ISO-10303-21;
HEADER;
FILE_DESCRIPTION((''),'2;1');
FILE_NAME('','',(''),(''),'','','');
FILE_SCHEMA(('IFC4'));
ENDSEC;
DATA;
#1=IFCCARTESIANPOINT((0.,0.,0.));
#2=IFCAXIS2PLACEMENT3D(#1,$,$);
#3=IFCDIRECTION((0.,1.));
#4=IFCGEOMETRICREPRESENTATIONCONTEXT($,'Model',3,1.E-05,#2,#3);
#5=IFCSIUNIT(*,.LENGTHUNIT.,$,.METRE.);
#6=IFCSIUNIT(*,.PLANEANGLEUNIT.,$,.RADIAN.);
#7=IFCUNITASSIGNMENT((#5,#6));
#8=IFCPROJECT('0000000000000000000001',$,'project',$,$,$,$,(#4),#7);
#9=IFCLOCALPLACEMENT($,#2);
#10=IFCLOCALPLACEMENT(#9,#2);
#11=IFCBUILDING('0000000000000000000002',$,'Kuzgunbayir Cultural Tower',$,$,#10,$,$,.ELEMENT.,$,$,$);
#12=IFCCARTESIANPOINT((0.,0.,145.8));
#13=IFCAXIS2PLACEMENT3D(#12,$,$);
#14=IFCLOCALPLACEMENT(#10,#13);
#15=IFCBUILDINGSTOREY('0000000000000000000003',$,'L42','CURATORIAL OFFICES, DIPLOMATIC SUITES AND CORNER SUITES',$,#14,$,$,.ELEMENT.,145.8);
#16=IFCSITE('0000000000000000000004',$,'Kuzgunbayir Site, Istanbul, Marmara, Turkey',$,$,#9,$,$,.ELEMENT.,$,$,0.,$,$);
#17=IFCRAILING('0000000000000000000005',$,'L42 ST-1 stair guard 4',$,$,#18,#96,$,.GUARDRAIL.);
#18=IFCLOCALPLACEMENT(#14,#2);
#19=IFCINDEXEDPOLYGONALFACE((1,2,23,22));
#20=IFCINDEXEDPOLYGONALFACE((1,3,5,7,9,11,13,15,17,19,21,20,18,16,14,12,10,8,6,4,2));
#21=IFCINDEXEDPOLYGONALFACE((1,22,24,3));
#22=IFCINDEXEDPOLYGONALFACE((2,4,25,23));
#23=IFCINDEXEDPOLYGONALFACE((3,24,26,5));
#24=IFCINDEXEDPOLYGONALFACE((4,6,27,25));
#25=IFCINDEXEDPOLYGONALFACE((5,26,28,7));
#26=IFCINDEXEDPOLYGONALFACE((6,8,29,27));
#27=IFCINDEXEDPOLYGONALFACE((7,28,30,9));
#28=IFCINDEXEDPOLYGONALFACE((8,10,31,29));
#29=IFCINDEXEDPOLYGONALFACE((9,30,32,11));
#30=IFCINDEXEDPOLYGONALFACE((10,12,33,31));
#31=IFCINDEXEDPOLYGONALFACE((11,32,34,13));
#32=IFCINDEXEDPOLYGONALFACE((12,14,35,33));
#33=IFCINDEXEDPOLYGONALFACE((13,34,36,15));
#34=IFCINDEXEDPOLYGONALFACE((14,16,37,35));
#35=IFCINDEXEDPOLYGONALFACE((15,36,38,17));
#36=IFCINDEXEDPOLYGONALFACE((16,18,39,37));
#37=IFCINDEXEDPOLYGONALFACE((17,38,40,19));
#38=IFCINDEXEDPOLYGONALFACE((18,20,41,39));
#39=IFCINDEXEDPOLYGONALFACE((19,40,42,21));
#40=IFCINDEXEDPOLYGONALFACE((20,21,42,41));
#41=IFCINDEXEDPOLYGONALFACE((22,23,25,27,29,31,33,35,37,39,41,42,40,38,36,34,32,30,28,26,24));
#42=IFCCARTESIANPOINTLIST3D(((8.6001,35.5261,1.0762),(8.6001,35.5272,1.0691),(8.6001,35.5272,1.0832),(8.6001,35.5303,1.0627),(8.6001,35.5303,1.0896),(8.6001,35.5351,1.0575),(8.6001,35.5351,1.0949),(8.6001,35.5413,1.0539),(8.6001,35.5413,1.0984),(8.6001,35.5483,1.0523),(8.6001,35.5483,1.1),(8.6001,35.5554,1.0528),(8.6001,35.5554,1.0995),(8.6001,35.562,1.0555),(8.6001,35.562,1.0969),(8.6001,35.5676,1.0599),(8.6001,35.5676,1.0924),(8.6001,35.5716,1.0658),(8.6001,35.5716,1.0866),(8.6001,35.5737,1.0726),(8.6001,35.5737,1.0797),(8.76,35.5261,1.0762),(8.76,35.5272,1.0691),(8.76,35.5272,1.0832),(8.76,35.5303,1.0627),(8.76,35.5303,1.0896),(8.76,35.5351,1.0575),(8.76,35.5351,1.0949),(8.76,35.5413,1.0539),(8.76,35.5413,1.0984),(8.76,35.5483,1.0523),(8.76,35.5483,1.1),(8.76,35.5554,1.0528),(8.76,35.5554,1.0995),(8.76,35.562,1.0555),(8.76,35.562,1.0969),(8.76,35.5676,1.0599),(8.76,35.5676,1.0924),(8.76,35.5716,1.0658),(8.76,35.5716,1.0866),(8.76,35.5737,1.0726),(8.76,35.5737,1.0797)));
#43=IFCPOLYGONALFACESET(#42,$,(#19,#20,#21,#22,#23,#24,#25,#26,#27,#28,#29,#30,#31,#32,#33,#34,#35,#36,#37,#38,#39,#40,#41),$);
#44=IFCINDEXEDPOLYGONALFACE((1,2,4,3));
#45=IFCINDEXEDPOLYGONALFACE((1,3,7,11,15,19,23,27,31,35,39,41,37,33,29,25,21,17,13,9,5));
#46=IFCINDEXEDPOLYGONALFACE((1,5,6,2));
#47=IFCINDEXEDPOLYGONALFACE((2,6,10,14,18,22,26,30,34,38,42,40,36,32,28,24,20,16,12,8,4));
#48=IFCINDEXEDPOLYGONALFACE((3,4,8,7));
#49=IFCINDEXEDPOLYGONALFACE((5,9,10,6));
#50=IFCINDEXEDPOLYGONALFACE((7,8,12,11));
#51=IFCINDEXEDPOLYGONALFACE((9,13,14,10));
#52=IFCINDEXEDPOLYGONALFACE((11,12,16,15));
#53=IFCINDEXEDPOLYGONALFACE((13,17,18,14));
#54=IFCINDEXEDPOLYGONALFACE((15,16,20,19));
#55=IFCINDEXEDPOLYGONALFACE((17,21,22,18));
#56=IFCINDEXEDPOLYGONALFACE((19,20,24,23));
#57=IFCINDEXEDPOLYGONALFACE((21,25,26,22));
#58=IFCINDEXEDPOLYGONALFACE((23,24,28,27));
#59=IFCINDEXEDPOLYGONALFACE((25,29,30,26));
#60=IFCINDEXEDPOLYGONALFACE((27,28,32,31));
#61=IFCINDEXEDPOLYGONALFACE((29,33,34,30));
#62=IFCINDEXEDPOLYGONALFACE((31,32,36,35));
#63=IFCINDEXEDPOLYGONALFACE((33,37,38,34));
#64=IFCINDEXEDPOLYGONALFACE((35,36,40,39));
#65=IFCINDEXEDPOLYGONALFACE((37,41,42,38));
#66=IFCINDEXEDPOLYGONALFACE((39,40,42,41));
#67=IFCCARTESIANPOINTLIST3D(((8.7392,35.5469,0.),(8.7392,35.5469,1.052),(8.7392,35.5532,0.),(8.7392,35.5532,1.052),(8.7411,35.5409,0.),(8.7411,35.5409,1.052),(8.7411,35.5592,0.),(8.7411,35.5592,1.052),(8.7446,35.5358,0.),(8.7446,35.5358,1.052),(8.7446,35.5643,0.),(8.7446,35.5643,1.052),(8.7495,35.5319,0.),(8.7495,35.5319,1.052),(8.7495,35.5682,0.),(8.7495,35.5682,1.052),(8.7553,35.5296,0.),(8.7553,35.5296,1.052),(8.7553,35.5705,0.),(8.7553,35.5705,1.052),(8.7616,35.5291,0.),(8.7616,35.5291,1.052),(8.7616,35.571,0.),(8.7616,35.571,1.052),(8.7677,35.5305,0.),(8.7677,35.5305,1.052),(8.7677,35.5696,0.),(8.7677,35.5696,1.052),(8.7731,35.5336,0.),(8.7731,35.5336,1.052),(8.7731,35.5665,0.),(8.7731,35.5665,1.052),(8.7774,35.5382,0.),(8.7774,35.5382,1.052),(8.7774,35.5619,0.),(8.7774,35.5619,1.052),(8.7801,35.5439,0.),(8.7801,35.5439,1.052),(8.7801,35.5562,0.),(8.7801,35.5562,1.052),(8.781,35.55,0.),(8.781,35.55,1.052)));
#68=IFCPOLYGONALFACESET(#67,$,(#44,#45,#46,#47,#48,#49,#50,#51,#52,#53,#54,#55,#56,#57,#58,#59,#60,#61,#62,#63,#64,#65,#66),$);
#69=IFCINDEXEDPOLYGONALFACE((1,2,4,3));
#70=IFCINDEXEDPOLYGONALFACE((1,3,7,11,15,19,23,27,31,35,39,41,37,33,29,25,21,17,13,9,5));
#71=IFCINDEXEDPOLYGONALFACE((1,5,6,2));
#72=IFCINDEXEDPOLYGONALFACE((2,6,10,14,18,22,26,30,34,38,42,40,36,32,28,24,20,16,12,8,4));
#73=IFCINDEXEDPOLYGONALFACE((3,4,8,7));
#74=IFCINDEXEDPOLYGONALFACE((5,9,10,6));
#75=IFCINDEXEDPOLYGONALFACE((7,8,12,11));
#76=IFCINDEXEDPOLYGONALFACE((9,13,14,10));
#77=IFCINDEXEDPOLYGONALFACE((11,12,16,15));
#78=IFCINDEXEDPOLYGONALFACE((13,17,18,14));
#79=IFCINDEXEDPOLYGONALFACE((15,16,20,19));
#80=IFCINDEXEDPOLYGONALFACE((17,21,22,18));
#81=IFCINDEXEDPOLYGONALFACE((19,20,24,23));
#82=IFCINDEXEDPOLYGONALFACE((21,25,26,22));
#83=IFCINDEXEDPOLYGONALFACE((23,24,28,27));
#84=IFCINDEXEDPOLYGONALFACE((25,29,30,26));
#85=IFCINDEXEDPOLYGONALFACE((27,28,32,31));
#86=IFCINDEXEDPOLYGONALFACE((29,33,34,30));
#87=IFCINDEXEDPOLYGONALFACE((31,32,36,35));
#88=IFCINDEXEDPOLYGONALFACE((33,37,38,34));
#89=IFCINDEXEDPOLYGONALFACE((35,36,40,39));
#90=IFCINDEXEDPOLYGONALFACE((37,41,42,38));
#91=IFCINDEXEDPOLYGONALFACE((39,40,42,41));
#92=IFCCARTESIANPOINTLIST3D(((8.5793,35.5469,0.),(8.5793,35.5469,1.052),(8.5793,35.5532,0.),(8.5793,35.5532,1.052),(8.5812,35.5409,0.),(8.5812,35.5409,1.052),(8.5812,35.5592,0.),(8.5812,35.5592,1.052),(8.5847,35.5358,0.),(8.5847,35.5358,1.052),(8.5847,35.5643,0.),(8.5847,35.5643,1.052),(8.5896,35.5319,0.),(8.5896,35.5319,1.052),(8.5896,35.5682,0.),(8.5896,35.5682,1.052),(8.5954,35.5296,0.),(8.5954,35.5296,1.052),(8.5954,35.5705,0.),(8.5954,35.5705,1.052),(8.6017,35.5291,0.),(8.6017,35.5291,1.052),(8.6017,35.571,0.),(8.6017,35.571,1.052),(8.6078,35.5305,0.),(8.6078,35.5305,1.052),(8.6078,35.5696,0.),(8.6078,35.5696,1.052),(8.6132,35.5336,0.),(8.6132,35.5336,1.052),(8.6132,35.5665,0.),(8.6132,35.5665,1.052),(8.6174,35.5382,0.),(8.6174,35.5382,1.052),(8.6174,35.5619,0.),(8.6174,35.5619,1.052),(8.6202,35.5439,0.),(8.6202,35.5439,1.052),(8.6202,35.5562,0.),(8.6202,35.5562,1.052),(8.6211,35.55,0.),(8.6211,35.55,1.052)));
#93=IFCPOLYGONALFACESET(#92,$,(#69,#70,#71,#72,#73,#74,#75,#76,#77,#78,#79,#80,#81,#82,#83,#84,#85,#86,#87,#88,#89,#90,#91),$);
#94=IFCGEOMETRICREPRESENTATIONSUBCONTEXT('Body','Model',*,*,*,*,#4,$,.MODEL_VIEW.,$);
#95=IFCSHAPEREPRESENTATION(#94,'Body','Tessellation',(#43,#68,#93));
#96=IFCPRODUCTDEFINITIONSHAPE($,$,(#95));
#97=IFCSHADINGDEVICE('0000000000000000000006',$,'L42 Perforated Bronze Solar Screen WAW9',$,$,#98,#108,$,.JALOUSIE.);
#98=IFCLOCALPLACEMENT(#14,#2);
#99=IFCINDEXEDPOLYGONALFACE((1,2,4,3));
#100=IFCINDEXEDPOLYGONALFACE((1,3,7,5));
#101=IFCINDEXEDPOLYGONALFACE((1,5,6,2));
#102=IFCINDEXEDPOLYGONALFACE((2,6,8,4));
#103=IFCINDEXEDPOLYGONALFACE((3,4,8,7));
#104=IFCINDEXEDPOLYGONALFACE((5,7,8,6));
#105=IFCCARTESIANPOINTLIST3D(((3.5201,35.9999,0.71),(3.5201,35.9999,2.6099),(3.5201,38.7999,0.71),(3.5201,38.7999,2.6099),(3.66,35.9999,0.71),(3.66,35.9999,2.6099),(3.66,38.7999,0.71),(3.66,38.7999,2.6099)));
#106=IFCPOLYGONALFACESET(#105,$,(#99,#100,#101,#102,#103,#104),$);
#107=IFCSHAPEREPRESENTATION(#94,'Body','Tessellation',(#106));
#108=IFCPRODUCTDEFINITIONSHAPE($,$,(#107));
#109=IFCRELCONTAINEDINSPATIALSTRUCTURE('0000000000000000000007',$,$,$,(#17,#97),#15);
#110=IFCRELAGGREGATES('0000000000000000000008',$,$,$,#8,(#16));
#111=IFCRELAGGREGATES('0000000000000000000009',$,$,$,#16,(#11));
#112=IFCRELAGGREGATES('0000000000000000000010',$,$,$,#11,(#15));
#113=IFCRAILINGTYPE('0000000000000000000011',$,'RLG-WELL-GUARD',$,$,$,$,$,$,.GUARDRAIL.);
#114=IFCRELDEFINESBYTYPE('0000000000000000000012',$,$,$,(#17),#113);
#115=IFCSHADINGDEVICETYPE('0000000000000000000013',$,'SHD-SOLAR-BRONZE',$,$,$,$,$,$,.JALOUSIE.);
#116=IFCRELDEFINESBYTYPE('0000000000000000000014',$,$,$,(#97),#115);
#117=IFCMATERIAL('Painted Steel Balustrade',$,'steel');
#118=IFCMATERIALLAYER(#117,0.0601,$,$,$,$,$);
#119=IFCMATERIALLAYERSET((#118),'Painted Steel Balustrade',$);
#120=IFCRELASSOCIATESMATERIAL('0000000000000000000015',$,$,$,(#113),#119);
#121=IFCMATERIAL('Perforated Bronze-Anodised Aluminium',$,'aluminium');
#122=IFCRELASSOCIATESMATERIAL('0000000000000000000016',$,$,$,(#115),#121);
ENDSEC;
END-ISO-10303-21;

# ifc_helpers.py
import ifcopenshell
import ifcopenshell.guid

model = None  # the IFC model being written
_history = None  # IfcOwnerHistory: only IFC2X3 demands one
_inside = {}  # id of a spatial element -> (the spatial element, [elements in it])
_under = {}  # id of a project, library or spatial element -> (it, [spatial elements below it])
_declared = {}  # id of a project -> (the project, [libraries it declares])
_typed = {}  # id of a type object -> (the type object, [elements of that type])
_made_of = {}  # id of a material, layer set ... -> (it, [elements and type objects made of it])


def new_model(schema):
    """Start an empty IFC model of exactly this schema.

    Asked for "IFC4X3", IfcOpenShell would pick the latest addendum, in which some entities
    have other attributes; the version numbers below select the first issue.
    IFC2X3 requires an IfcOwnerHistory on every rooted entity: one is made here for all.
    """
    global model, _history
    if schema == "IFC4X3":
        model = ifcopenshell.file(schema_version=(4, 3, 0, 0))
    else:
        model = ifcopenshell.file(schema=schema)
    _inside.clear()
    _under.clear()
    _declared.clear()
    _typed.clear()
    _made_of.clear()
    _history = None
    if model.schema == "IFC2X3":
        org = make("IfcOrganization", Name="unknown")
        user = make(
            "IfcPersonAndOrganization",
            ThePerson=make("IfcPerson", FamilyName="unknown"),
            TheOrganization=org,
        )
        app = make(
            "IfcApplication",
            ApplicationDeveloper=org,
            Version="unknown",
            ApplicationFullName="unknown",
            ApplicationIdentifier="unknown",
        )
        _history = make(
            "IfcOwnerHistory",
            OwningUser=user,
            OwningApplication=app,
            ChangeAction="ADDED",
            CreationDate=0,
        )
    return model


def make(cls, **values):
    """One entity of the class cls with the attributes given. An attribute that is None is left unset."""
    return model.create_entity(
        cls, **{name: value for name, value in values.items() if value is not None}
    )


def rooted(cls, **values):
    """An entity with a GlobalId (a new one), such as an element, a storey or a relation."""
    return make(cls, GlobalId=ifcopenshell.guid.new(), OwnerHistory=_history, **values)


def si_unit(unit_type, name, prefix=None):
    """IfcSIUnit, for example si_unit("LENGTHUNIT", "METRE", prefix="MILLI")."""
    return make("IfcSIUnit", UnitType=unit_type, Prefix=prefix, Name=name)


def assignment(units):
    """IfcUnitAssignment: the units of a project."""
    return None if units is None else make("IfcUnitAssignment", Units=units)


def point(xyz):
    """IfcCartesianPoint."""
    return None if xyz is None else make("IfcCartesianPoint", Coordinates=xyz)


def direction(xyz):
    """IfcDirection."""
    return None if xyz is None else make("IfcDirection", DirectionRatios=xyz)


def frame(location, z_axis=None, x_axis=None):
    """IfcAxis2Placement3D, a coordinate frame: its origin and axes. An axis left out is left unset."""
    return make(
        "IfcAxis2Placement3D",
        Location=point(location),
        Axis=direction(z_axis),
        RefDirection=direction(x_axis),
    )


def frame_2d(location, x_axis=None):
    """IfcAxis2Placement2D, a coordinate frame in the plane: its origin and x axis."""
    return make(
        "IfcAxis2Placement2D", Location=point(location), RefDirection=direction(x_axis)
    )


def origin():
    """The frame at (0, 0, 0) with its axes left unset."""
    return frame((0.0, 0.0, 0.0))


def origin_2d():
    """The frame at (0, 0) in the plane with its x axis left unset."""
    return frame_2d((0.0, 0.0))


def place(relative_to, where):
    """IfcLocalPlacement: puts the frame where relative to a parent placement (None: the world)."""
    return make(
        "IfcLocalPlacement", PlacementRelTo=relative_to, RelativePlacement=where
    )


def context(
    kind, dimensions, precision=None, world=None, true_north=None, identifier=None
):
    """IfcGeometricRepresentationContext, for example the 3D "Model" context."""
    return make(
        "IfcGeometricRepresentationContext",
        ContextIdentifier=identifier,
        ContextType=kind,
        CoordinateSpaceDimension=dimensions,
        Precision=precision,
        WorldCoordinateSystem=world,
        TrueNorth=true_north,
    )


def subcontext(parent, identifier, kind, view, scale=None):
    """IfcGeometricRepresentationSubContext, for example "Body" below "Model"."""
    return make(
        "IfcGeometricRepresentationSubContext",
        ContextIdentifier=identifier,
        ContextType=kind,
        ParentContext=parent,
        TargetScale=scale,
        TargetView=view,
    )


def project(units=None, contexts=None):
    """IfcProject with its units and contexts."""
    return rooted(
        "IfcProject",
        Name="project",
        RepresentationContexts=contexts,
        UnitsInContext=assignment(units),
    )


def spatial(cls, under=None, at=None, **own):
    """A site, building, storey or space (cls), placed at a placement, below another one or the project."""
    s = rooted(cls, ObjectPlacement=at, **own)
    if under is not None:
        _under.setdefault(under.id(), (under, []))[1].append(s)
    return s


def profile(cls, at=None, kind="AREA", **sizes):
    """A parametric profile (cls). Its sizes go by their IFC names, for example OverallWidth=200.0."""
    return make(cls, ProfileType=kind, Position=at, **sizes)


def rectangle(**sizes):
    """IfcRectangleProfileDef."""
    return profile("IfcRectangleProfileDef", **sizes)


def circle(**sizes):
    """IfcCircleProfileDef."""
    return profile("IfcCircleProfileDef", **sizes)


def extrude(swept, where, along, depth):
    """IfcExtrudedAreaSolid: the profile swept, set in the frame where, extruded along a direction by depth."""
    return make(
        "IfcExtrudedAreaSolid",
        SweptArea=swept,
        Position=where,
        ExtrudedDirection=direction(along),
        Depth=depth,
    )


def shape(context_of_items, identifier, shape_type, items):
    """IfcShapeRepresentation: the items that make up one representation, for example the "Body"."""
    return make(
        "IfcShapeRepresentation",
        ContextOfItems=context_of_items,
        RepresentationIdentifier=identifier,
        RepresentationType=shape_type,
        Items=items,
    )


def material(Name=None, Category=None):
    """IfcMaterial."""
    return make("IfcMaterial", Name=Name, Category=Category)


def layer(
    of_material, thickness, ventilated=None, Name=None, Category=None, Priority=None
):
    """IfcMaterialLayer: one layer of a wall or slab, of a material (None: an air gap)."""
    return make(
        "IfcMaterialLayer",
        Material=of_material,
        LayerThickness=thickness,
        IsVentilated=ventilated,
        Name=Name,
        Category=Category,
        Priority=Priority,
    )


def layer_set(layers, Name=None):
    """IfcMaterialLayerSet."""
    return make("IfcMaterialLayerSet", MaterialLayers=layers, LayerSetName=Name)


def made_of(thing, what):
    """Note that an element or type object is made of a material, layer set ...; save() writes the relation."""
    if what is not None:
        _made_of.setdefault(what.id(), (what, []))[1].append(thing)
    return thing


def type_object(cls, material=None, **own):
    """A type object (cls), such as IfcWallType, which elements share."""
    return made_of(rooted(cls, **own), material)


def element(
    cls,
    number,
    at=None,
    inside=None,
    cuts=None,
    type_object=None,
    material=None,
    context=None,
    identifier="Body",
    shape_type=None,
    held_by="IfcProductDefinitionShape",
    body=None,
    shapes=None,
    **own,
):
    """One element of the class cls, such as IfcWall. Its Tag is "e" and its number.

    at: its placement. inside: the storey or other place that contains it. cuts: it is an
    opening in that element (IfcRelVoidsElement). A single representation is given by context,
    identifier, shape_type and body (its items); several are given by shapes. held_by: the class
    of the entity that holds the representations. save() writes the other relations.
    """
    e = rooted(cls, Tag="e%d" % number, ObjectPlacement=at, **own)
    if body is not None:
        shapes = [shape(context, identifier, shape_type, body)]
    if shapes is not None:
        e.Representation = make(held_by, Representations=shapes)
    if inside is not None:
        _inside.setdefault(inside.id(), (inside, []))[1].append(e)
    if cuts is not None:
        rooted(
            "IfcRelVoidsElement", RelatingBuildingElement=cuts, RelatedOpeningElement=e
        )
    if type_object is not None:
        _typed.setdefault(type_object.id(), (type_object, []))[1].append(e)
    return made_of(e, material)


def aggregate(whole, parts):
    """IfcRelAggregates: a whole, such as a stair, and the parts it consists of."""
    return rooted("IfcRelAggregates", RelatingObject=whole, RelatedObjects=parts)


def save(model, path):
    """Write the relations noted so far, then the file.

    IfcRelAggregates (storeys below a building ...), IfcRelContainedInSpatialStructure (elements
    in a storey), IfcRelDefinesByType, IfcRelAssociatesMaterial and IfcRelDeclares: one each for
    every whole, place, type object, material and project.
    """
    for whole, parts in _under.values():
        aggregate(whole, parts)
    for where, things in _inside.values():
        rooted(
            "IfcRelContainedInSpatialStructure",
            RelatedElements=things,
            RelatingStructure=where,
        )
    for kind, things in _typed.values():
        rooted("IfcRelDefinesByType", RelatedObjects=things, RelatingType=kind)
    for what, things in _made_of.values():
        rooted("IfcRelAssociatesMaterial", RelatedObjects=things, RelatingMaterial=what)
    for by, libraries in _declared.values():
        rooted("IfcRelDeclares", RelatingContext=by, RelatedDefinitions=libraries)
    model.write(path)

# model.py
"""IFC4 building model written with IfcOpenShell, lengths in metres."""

from ifc_helpers import new_model, si_unit, direction, frame, origin, origin_2d, place, context, subcontext, project, spatial, rectangle, circle, extrude, material, layer, layer_set, type_object, element, save


model = new_model("IFC4")

# Units and contexts
model_context = context("Model", 3, precision=1e-05, world=origin(), true_north=direction((0.0, 1.0)))
body_context = subcontext(model_context, "Body", "Model", "MODEL_VIEW")
ifc_project = project(units=[si_unit("LENGTHUNIT", "METRE"), si_unit("PLANEANGLEUNIT", "RADIAN")], contexts=[model_context])

# Site, building, storey
site_placement = place(None, origin())
site = spatial("IfcSite", under=ifc_project, at=site_placement, Name="Kuzgunbayir Site, Istanbul, Marmara, Turkey", CompositionType="ELEMENT", RefElevation=0.0)
building_placement = place(site_placement, origin())
building = spatial("IfcBuilding", under=site, at=building_placement, Name="Kuzgunbayir Cultural Tower", CompositionType="ELEMENT")
storey_placement = place(building_placement, frame((0.0, 0.0, 145.8)))
storey = spatial("IfcBuildingStorey", under=building, at=storey_placement, Name="L42", Description="CURATORIAL OFFICES, DIPLOMATIC SUITES AND CORNER SUITES", CompositionType="ELEMENT", Elevation=145.8)

# Shared definitions
ifc_material_1 = material(Name="Perforated Bronze-Anodised Aluminium", Category="aluminium")

# Railing
ifc_material_2 = material(Name="Painted Steel Balustrade", Category="steel")
ifc_layer_1 = layer(ifc_material_2, 0.0601)
ifc_layer_set_1 = layer_set([ifc_layer_1], Name="Painted Steel Balustrade")
railing_type_1 = type_object("IfcRailingType", Name="RLG-WELL-GUARD", PredefinedType="GUARDRAIL", material=ifc_layer_set_1)
railing_1_placement = place(storey_placement, frame((8.76, 35.55, 0.0)))
element("IfcRailing", 1, at=railing_1_placement, inside=storey, type_object=railing_type_1, Name="L42 ST-1 stair guard 4", PredefinedType="GUARDRAIL", context=body_context, shape_type="SweptSolid", body=[
    extrude(circle(Radius=0.0239, at=origin_2d()), frame((0.0, 0.0, 1.0762), z_axis=(-1.0, 0.0, 0.0), x_axis=(0.0, -1.0, 0.0)), (0.0, 0.0, 1.0), 0.1599),
    extrude(circle(Radius=0.021, at=origin_2d()), origin(), (0.0, 0.0, 1.0), 1.052),
    extrude(circle(Radius=0.021, at=origin_2d()), frame((-0.1599, 0.0, 0.0)), (0.0, 0.0, 1.0), 1.052),
])

# Shading device
shading_device_type = type_object("IfcShadingDeviceType", Name="SHD-SOLAR-BRONZE", PredefinedType="JALOUSIE", material=ifc_material_1)
shading_device_placement = place(storey_placement, frame((3.5901, 37.3999, 0.71), z_axis=(0.0, 0.0, 1.0), x_axis=(1.0, 0.0, 0.0)))
element("IfcShadingDevice", 2, at=shading_device_placement, inside=storey, type_object=shading_device_type, Name="L42 Perforated Bronze Solar Screen WAW9", PredefinedType="JALOUSIE", context=body_context, shape_type="SweptSolid", body=[
    extrude(rectangle(XDim=0.1399, YDim=2.8, at=origin_2d()), origin(), (0.0, 0.0, 1.0), 1.8999),
])

save(model, "model.ifc")
